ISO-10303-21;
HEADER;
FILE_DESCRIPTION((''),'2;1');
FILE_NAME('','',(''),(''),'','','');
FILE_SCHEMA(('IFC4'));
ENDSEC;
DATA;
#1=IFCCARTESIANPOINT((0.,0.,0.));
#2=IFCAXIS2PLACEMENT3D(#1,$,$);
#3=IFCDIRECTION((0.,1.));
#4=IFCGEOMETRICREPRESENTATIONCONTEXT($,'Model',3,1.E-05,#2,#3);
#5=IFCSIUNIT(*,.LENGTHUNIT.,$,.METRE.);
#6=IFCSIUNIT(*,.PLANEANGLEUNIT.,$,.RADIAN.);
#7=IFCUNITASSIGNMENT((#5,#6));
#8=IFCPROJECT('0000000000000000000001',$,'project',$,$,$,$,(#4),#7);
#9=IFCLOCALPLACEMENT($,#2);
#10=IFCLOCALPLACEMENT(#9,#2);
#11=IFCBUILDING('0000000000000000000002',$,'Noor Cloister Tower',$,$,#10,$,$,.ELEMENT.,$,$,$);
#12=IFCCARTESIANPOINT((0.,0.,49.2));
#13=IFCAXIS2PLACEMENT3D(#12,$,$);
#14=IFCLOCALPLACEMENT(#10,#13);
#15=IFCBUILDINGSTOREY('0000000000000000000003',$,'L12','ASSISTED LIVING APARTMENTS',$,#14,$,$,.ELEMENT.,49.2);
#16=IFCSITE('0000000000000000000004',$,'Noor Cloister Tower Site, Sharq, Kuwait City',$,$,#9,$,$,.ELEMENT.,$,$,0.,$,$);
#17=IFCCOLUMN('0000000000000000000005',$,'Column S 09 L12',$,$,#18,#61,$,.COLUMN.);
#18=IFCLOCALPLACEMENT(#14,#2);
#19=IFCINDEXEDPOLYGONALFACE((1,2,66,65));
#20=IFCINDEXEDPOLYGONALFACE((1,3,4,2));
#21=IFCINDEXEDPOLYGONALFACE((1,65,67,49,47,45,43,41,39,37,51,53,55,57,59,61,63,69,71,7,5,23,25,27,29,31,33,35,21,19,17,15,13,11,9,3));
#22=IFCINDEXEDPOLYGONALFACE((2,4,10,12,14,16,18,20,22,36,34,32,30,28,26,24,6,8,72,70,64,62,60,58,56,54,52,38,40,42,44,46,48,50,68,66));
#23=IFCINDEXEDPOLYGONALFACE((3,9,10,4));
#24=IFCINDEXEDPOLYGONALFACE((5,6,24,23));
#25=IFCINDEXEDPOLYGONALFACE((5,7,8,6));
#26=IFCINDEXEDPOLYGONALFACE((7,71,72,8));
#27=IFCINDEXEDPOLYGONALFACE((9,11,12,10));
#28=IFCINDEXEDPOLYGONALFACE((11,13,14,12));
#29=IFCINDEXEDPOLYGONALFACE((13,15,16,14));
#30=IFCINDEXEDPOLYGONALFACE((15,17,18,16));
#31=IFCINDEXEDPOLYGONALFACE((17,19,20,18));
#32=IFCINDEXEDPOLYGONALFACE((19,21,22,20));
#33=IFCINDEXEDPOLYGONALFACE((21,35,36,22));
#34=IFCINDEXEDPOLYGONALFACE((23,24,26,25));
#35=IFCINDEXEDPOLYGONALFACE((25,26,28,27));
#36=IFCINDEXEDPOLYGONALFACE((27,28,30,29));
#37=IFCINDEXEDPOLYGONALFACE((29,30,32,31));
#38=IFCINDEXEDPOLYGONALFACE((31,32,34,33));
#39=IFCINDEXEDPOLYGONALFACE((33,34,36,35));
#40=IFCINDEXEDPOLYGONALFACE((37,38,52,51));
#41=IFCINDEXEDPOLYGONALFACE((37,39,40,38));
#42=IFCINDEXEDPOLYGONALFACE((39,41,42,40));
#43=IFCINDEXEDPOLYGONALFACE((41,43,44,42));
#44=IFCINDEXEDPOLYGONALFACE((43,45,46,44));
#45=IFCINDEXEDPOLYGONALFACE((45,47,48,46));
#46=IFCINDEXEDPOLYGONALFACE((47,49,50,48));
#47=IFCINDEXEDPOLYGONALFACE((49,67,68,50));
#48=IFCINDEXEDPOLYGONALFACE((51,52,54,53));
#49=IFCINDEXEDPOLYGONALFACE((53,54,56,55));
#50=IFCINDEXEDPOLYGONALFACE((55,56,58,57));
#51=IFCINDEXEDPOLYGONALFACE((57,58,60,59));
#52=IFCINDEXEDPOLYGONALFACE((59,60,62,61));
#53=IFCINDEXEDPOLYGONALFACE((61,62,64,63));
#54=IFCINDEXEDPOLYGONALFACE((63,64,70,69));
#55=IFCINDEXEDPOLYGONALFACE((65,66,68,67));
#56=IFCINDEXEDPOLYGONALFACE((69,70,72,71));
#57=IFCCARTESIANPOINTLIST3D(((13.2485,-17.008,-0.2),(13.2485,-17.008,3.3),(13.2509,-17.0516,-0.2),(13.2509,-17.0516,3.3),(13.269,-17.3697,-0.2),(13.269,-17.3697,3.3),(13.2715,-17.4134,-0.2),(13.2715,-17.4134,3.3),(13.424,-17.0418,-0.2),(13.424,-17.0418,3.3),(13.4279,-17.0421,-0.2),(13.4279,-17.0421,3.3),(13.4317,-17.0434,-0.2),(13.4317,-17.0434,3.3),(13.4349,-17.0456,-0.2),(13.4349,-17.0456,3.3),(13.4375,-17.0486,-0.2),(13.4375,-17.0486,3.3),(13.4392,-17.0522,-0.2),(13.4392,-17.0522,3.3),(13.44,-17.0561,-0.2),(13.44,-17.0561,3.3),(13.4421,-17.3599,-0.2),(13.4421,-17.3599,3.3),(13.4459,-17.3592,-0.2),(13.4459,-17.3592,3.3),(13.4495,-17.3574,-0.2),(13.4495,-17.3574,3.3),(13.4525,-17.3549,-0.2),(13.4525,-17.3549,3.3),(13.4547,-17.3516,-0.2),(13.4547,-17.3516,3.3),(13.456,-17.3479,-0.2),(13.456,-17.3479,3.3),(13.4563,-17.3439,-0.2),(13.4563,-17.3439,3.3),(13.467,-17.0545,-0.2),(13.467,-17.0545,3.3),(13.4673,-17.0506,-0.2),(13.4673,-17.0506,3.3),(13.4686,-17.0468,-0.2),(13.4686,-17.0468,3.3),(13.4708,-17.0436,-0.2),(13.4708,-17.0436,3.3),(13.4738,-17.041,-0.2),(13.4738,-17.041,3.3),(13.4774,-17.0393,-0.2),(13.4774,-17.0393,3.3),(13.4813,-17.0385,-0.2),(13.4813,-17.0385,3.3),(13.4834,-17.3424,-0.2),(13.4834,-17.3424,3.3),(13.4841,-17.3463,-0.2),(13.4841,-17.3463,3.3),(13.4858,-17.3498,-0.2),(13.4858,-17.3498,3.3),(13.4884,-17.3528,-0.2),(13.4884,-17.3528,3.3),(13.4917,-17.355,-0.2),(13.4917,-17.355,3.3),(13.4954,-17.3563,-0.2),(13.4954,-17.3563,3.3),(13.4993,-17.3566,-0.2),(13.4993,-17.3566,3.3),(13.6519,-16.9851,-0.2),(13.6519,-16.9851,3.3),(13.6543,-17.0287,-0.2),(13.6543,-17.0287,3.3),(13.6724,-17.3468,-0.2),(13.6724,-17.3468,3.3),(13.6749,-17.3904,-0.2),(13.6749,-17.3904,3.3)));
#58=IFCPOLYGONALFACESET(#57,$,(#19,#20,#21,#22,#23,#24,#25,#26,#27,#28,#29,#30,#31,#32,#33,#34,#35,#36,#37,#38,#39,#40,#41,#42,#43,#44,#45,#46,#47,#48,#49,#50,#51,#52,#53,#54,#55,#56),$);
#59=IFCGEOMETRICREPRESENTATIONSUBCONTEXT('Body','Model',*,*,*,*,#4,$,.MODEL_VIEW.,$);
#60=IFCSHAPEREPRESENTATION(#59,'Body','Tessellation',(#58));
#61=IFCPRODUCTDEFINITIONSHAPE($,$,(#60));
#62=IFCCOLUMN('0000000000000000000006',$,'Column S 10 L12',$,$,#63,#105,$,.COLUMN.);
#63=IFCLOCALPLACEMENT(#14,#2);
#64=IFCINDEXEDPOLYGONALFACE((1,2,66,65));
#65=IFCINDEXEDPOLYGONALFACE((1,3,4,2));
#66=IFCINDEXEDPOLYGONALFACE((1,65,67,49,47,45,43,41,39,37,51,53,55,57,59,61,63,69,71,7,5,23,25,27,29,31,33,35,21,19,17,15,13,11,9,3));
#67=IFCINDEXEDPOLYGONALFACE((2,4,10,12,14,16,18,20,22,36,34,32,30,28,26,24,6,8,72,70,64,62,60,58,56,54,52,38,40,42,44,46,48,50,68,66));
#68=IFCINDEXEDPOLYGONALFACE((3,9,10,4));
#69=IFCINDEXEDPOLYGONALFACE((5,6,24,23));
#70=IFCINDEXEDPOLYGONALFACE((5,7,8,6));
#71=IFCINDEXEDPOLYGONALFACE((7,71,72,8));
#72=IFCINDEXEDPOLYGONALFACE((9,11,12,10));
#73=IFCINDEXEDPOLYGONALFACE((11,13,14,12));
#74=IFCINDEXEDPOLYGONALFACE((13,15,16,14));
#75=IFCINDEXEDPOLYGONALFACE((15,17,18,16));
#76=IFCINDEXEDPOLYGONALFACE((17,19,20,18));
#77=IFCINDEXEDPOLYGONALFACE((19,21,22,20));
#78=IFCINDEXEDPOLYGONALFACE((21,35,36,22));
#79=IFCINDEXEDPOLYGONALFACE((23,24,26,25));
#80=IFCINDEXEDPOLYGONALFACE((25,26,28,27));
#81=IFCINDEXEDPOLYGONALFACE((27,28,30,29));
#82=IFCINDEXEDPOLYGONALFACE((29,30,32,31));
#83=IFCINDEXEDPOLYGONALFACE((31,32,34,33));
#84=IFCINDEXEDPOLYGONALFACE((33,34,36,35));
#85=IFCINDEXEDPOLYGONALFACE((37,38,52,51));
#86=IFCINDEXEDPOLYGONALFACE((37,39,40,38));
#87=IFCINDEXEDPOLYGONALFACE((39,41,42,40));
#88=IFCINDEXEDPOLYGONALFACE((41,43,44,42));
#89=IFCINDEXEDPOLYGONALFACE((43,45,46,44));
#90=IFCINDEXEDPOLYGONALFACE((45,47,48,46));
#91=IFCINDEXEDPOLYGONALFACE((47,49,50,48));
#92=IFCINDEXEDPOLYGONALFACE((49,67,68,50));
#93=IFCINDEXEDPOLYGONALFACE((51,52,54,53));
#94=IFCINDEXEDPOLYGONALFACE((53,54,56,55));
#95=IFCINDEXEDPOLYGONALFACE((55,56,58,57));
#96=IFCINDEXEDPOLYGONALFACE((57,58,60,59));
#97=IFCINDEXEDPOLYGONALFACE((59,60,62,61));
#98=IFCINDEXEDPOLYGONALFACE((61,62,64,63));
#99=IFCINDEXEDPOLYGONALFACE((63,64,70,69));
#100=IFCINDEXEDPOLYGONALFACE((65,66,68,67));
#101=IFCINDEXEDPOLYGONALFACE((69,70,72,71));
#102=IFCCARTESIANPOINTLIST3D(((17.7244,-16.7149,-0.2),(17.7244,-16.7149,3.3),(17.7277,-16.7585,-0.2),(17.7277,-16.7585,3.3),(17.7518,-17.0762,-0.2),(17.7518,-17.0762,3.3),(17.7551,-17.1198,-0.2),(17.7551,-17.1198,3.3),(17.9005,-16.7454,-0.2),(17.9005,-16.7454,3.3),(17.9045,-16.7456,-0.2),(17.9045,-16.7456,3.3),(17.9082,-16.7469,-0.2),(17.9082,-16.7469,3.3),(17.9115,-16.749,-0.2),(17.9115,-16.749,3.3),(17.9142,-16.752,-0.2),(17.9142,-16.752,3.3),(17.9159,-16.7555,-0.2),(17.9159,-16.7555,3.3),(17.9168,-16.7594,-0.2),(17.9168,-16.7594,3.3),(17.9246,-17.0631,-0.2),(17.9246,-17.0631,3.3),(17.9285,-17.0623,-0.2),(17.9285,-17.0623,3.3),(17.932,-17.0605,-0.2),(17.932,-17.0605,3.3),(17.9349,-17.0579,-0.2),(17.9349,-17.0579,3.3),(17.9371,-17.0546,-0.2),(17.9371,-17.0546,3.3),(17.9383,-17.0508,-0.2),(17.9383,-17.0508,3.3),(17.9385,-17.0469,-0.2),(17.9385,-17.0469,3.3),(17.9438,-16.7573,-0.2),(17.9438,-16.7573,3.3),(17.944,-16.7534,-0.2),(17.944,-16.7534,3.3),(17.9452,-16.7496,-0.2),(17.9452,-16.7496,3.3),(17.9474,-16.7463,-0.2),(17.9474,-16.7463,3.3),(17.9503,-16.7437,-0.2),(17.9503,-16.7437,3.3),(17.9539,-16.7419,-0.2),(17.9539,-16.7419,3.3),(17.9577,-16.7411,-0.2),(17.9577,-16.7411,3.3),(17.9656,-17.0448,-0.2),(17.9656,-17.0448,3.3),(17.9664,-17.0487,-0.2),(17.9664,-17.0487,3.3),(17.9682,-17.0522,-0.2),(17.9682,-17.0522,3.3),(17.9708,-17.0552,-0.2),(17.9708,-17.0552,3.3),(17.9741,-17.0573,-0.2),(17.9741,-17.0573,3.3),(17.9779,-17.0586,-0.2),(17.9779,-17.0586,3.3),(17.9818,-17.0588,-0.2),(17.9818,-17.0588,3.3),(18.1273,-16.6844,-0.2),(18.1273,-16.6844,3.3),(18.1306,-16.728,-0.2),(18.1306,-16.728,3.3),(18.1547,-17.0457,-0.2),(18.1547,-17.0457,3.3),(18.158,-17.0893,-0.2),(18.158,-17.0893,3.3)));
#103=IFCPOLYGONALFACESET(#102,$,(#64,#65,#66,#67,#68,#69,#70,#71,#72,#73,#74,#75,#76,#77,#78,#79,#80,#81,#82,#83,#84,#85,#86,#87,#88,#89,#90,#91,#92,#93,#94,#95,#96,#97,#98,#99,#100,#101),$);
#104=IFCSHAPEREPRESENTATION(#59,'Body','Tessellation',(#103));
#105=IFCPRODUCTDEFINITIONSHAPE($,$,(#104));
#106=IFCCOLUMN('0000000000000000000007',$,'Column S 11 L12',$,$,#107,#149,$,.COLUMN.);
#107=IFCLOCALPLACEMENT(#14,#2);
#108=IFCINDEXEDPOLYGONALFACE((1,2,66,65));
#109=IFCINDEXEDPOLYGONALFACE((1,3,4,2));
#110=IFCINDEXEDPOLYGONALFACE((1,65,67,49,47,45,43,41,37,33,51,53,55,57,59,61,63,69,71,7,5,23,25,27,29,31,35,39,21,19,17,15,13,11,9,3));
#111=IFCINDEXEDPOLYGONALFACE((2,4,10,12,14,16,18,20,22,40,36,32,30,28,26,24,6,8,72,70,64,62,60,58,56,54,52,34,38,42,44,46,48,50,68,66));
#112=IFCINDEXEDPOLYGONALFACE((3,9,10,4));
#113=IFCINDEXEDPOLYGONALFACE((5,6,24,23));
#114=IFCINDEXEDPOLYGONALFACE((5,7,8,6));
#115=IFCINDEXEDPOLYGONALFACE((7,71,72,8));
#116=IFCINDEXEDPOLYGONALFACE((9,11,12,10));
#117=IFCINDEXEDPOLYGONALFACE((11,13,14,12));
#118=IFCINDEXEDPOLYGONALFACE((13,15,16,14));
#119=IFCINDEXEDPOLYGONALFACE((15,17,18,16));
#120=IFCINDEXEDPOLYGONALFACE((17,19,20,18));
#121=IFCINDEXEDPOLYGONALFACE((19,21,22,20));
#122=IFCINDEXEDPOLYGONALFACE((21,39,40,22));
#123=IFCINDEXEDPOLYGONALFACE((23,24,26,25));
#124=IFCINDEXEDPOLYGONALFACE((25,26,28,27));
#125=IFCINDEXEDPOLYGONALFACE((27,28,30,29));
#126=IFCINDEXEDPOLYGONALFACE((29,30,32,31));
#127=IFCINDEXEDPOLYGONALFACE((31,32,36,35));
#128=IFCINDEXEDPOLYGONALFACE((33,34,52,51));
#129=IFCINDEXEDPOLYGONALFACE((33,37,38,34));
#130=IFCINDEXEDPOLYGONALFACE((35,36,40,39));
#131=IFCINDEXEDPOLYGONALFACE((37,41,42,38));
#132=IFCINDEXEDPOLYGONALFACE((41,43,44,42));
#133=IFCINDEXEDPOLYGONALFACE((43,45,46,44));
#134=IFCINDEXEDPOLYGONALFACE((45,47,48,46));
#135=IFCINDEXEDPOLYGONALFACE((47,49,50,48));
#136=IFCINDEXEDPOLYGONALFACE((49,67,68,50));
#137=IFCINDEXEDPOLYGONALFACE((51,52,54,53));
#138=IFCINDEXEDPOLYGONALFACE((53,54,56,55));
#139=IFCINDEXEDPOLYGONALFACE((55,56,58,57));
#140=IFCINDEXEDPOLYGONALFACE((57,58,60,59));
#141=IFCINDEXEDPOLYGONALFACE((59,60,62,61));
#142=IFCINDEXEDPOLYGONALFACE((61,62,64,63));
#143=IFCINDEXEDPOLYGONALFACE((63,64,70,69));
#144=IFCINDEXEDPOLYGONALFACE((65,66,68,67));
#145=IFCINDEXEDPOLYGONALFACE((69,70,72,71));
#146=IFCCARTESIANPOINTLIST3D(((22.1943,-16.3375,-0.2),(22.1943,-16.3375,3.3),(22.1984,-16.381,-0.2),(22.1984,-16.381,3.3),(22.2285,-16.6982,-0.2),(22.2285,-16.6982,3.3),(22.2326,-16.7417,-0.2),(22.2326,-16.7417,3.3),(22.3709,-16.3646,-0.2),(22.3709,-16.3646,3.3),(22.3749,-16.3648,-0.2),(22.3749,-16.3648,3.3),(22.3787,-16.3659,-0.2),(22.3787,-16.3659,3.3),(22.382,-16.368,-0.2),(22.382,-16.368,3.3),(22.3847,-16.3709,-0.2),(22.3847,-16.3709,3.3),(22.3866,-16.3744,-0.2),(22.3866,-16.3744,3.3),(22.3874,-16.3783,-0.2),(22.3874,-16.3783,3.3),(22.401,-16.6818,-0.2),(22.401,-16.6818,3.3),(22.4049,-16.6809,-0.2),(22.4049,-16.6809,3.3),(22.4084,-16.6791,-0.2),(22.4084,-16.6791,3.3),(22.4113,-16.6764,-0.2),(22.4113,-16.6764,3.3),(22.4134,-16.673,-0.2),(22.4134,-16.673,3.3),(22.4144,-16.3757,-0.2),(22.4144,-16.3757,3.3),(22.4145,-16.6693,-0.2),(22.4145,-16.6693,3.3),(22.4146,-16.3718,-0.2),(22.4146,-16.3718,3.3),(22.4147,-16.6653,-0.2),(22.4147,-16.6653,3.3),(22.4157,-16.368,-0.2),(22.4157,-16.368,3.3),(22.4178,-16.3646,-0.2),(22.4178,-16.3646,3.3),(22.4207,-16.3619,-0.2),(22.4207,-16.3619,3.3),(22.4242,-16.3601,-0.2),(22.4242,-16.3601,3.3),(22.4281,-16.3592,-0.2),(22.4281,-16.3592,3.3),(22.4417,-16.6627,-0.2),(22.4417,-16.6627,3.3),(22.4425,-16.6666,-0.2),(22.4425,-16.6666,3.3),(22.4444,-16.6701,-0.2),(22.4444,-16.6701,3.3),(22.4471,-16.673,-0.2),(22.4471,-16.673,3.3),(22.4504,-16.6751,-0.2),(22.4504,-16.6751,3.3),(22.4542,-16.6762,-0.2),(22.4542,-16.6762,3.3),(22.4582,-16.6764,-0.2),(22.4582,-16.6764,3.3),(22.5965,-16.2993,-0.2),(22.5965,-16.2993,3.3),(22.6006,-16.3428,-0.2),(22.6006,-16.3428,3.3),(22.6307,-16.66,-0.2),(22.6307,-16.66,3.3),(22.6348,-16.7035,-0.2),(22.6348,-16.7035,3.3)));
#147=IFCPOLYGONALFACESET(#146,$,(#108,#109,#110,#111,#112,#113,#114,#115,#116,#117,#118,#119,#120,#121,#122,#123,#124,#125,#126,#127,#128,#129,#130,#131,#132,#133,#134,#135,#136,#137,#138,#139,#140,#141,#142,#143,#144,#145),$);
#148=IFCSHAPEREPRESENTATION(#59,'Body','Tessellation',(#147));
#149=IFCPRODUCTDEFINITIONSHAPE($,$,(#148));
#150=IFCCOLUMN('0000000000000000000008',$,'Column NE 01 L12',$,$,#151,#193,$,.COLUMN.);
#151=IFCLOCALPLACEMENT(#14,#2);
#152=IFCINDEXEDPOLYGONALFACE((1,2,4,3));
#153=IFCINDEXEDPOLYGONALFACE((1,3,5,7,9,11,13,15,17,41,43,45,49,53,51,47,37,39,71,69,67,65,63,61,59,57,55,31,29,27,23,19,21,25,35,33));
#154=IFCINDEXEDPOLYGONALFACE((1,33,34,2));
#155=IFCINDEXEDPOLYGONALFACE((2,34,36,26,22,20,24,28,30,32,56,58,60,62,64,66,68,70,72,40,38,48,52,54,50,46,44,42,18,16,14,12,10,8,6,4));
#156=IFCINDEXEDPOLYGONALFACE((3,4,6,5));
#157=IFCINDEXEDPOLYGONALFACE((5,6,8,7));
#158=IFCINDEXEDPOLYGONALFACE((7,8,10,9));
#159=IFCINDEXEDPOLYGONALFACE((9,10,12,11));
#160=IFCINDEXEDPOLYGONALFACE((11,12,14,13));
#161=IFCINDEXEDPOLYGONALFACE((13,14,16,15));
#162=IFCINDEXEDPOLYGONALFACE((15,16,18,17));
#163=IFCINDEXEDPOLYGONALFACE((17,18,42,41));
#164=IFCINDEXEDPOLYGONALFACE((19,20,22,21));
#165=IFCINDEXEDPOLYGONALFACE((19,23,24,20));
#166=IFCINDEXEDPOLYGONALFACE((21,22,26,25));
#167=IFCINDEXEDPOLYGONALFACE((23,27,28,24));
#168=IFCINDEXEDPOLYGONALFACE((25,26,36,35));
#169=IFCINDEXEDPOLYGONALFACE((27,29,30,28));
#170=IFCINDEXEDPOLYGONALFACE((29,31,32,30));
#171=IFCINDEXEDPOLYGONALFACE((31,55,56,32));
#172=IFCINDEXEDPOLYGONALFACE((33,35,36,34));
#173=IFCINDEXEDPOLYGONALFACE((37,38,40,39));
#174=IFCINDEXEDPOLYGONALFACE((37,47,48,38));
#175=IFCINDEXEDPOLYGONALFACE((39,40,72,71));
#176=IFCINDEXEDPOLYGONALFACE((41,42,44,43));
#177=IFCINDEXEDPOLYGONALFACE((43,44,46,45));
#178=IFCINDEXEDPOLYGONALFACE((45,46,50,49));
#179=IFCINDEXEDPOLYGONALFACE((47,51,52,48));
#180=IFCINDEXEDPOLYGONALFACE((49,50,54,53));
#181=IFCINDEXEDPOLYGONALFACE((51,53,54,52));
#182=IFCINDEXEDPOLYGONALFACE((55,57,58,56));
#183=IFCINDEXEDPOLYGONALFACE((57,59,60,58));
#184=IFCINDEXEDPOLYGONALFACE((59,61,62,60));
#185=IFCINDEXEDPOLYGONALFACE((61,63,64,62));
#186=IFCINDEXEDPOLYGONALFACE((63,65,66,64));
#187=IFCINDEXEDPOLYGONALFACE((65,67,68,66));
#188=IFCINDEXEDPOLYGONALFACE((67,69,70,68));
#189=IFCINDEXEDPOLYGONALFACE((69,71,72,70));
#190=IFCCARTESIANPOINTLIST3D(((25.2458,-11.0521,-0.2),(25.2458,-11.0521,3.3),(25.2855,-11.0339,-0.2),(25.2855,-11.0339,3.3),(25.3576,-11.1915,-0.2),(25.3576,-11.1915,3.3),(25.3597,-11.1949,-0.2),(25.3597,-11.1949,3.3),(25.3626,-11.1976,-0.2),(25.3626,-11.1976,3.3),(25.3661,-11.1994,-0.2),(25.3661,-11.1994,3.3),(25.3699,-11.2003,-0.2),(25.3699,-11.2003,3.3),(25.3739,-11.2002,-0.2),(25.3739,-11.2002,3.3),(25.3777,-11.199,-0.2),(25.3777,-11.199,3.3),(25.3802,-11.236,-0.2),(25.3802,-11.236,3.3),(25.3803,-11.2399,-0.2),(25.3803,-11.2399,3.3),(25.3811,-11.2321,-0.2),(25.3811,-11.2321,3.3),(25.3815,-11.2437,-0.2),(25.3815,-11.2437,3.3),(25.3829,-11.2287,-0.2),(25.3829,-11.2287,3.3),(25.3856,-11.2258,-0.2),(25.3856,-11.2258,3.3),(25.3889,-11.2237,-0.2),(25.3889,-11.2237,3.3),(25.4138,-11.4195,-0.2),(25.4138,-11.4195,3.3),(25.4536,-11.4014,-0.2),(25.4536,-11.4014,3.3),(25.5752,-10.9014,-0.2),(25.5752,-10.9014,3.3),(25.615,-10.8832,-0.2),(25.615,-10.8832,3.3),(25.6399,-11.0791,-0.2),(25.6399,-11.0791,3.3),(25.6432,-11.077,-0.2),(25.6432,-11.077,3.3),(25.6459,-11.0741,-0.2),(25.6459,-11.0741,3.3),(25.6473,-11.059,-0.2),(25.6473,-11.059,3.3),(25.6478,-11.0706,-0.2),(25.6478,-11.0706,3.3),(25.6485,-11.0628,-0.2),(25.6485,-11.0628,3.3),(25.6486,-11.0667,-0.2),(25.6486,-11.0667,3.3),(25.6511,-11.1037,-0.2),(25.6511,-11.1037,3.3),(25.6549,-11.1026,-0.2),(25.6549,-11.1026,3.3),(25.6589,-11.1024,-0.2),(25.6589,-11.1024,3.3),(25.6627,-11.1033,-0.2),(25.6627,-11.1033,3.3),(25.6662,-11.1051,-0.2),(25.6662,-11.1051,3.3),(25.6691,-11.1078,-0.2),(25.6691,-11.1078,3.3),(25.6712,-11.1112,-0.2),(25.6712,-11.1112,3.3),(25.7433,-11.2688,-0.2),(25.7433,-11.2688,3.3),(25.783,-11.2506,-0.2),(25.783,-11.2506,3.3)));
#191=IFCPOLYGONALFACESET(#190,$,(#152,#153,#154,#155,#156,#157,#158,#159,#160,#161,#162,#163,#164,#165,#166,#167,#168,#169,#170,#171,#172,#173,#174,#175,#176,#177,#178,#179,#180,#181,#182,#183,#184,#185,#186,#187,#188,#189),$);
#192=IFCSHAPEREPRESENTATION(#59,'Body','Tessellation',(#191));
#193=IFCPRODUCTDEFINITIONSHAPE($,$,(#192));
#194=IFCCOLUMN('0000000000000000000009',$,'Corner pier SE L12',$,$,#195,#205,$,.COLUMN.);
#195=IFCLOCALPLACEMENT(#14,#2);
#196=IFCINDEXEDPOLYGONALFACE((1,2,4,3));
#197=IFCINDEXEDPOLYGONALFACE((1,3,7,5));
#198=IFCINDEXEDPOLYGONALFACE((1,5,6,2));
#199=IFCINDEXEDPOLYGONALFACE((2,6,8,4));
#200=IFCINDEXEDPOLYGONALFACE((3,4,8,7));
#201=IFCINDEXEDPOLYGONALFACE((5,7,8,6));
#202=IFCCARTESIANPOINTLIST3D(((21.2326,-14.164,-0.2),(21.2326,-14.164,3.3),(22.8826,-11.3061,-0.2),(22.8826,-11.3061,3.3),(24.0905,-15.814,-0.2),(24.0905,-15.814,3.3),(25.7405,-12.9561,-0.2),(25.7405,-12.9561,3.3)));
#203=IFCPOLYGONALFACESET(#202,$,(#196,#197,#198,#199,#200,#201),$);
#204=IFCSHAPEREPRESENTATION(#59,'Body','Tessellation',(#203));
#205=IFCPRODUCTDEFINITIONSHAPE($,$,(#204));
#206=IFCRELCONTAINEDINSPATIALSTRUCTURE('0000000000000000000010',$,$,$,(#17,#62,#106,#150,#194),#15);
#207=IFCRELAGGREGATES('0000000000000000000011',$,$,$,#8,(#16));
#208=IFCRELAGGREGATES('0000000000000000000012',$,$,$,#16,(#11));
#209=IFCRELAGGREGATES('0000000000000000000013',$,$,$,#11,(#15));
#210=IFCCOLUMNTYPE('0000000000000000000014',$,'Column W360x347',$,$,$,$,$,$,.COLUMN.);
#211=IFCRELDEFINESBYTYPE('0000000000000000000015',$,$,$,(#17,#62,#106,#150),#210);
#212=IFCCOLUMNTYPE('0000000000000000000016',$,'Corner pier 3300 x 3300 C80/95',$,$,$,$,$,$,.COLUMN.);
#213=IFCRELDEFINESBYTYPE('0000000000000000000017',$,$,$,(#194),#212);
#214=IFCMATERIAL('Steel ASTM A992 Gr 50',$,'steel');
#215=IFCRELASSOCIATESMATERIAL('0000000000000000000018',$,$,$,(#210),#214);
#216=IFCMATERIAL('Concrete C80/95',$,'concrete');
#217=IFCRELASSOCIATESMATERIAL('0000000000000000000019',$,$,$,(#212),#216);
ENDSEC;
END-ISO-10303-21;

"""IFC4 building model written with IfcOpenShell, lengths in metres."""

from ifc_helpers import new_model, si_unit, direction, frame, origin, origin_2d, place, context, subcontext, project, spatial, rectangle, i_section, extrude, material, material_profile, profile_set, type_object, element, save


model = new_model("IFC4")

# Units and contexts
model_context = context("Model", 3, precision=1e-05, world=origin(), true_north=direction((0.0, 1.0)))
body_context = subcontext(model_context, "Body", "Model", "MODEL_VIEW")
ifc_project = project(units=[si_unit("LENGTHUNIT", "METRE"), si_unit("PLANEANGLEUNIT", "RADIAN")], contexts=[model_context])

# Site, building, storey
site_placement = place(None, origin())
site = spatial("IfcSite", under=ifc_project, at=site_placement, Name="Noor Cloister Tower Site, Sharq, Kuwait City", CompositionType="ELEMENT", RefElevation=0.0)
building_placement = place(site_placement, origin())
building = spatial("IfcBuilding", under=site, at=building_placement, Name="Noor Cloister Tower", CompositionType="ELEMENT")
storey_placement = place(building_placement, frame((0.0, 0.0, 49.2)))
storey = spatial("IfcBuildingStorey", under=building, at=storey_placement, Name="L12", Description="ASSISTED LIVING APARTMENTS", CompositionType="ELEMENT", Elevation=49.2)

# Columns
ifc_material_1 = material(Name="Steel ASTM A992 Gr 50", Category="steel")
ifc_material_profile_1 = material_profile(ifc_material_1, i_section(OverallWidth=0.4041, OverallDepth=0.406, WebThickness=0.0271, FlangeThickness=0.0437, FilletRadius=0.0151, at=origin_2d()), Name="W360x347")
ifc_profile_set_1 = profile_set([ifc_material_profile_1], Name="Steel ASTM A992 Gr 50")
column_type_1 = type_object("IfcColumnType", Name="Column W360x347", PredefinedType="COLUMN", material=ifc_profile_set_1)
for number, where, z_axis, x_axis, name in (
    (1, (13.4617, -17.1992, -0.2), (0.0, 0.0, 1.0), (0.99839, 0.056717, 0.0), "Column S 09 L12"),
    (2, (17.9412, -16.9021, -0.2), (0.0, 0.0, 1.0), (0.997139, 0.075591, 0.0), "Column S 10 L12"),
    (3, (22.4146, -16.5205, -0.2), (0.0, 0.0, 1.0), (0.995531, 0.094439, 0.0), "Column S 11 L12"),
    (4, (25.5144, -11.1514, -0.2), (0.0, 0.0, 1.0), (-0.415979, 0.909374, 0.0), "Column NE 01 L12"),
):
    element("IfcColumn", number, at=place(storey_placement, frame(where, z_axis=z_axis, x_axis=x_axis)), inside=storey, type_object=column_type_1, Name=name, PredefinedType="COLUMN", context=body_context, shape_type="SweptSolid", body=[
        extrude(i_section(OverallWidth=0.4041, OverallDepth=0.406, WebThickness=0.0271, FlangeThickness=0.0437, FilletRadius=0.0151, at=origin_2d()), origin(), (0.0, 0.0, 1.0), 3.5),
    ])
ifc_material_2 = material(Name="Concrete C80/95", Category="concrete")
ifc_material_profile_2 = material_profile(ifc_material_2, rectangle(XDim=3.3, YDim=3.3, at=origin_2d()), Name="RC 3300x3300")
ifc_profile_set_2 = profile_set([ifc_material_profile_2], Name="Concrete C80/95")
column_type_2 = type_object("IfcColumnType", Name="Corner pier 3300 x 3300 C80/95", PredefinedType="COLUMN", material=ifc_profile_set_2)
column_placement = place(storey_placement, frame((23.4866, -13.5601, -0.2), z_axis=(0.0, 0.0, 1.0), x_axis=(0.866025, -0.5, 0.0)))
element("IfcColumn", 5, at=column_placement, inside=storey, type_object=column_type_2, Name="Corner pier SE L12", PredefinedType="COLUMN", context=body_context, shape_type="SweptSolid", body=[
    extrude(rectangle(XDim=3.3, YDim=3.3, at=origin_2d()), origin(), (0.0, 0.0, 1.0), 3.5),
])

save(model, "model.ifc")
